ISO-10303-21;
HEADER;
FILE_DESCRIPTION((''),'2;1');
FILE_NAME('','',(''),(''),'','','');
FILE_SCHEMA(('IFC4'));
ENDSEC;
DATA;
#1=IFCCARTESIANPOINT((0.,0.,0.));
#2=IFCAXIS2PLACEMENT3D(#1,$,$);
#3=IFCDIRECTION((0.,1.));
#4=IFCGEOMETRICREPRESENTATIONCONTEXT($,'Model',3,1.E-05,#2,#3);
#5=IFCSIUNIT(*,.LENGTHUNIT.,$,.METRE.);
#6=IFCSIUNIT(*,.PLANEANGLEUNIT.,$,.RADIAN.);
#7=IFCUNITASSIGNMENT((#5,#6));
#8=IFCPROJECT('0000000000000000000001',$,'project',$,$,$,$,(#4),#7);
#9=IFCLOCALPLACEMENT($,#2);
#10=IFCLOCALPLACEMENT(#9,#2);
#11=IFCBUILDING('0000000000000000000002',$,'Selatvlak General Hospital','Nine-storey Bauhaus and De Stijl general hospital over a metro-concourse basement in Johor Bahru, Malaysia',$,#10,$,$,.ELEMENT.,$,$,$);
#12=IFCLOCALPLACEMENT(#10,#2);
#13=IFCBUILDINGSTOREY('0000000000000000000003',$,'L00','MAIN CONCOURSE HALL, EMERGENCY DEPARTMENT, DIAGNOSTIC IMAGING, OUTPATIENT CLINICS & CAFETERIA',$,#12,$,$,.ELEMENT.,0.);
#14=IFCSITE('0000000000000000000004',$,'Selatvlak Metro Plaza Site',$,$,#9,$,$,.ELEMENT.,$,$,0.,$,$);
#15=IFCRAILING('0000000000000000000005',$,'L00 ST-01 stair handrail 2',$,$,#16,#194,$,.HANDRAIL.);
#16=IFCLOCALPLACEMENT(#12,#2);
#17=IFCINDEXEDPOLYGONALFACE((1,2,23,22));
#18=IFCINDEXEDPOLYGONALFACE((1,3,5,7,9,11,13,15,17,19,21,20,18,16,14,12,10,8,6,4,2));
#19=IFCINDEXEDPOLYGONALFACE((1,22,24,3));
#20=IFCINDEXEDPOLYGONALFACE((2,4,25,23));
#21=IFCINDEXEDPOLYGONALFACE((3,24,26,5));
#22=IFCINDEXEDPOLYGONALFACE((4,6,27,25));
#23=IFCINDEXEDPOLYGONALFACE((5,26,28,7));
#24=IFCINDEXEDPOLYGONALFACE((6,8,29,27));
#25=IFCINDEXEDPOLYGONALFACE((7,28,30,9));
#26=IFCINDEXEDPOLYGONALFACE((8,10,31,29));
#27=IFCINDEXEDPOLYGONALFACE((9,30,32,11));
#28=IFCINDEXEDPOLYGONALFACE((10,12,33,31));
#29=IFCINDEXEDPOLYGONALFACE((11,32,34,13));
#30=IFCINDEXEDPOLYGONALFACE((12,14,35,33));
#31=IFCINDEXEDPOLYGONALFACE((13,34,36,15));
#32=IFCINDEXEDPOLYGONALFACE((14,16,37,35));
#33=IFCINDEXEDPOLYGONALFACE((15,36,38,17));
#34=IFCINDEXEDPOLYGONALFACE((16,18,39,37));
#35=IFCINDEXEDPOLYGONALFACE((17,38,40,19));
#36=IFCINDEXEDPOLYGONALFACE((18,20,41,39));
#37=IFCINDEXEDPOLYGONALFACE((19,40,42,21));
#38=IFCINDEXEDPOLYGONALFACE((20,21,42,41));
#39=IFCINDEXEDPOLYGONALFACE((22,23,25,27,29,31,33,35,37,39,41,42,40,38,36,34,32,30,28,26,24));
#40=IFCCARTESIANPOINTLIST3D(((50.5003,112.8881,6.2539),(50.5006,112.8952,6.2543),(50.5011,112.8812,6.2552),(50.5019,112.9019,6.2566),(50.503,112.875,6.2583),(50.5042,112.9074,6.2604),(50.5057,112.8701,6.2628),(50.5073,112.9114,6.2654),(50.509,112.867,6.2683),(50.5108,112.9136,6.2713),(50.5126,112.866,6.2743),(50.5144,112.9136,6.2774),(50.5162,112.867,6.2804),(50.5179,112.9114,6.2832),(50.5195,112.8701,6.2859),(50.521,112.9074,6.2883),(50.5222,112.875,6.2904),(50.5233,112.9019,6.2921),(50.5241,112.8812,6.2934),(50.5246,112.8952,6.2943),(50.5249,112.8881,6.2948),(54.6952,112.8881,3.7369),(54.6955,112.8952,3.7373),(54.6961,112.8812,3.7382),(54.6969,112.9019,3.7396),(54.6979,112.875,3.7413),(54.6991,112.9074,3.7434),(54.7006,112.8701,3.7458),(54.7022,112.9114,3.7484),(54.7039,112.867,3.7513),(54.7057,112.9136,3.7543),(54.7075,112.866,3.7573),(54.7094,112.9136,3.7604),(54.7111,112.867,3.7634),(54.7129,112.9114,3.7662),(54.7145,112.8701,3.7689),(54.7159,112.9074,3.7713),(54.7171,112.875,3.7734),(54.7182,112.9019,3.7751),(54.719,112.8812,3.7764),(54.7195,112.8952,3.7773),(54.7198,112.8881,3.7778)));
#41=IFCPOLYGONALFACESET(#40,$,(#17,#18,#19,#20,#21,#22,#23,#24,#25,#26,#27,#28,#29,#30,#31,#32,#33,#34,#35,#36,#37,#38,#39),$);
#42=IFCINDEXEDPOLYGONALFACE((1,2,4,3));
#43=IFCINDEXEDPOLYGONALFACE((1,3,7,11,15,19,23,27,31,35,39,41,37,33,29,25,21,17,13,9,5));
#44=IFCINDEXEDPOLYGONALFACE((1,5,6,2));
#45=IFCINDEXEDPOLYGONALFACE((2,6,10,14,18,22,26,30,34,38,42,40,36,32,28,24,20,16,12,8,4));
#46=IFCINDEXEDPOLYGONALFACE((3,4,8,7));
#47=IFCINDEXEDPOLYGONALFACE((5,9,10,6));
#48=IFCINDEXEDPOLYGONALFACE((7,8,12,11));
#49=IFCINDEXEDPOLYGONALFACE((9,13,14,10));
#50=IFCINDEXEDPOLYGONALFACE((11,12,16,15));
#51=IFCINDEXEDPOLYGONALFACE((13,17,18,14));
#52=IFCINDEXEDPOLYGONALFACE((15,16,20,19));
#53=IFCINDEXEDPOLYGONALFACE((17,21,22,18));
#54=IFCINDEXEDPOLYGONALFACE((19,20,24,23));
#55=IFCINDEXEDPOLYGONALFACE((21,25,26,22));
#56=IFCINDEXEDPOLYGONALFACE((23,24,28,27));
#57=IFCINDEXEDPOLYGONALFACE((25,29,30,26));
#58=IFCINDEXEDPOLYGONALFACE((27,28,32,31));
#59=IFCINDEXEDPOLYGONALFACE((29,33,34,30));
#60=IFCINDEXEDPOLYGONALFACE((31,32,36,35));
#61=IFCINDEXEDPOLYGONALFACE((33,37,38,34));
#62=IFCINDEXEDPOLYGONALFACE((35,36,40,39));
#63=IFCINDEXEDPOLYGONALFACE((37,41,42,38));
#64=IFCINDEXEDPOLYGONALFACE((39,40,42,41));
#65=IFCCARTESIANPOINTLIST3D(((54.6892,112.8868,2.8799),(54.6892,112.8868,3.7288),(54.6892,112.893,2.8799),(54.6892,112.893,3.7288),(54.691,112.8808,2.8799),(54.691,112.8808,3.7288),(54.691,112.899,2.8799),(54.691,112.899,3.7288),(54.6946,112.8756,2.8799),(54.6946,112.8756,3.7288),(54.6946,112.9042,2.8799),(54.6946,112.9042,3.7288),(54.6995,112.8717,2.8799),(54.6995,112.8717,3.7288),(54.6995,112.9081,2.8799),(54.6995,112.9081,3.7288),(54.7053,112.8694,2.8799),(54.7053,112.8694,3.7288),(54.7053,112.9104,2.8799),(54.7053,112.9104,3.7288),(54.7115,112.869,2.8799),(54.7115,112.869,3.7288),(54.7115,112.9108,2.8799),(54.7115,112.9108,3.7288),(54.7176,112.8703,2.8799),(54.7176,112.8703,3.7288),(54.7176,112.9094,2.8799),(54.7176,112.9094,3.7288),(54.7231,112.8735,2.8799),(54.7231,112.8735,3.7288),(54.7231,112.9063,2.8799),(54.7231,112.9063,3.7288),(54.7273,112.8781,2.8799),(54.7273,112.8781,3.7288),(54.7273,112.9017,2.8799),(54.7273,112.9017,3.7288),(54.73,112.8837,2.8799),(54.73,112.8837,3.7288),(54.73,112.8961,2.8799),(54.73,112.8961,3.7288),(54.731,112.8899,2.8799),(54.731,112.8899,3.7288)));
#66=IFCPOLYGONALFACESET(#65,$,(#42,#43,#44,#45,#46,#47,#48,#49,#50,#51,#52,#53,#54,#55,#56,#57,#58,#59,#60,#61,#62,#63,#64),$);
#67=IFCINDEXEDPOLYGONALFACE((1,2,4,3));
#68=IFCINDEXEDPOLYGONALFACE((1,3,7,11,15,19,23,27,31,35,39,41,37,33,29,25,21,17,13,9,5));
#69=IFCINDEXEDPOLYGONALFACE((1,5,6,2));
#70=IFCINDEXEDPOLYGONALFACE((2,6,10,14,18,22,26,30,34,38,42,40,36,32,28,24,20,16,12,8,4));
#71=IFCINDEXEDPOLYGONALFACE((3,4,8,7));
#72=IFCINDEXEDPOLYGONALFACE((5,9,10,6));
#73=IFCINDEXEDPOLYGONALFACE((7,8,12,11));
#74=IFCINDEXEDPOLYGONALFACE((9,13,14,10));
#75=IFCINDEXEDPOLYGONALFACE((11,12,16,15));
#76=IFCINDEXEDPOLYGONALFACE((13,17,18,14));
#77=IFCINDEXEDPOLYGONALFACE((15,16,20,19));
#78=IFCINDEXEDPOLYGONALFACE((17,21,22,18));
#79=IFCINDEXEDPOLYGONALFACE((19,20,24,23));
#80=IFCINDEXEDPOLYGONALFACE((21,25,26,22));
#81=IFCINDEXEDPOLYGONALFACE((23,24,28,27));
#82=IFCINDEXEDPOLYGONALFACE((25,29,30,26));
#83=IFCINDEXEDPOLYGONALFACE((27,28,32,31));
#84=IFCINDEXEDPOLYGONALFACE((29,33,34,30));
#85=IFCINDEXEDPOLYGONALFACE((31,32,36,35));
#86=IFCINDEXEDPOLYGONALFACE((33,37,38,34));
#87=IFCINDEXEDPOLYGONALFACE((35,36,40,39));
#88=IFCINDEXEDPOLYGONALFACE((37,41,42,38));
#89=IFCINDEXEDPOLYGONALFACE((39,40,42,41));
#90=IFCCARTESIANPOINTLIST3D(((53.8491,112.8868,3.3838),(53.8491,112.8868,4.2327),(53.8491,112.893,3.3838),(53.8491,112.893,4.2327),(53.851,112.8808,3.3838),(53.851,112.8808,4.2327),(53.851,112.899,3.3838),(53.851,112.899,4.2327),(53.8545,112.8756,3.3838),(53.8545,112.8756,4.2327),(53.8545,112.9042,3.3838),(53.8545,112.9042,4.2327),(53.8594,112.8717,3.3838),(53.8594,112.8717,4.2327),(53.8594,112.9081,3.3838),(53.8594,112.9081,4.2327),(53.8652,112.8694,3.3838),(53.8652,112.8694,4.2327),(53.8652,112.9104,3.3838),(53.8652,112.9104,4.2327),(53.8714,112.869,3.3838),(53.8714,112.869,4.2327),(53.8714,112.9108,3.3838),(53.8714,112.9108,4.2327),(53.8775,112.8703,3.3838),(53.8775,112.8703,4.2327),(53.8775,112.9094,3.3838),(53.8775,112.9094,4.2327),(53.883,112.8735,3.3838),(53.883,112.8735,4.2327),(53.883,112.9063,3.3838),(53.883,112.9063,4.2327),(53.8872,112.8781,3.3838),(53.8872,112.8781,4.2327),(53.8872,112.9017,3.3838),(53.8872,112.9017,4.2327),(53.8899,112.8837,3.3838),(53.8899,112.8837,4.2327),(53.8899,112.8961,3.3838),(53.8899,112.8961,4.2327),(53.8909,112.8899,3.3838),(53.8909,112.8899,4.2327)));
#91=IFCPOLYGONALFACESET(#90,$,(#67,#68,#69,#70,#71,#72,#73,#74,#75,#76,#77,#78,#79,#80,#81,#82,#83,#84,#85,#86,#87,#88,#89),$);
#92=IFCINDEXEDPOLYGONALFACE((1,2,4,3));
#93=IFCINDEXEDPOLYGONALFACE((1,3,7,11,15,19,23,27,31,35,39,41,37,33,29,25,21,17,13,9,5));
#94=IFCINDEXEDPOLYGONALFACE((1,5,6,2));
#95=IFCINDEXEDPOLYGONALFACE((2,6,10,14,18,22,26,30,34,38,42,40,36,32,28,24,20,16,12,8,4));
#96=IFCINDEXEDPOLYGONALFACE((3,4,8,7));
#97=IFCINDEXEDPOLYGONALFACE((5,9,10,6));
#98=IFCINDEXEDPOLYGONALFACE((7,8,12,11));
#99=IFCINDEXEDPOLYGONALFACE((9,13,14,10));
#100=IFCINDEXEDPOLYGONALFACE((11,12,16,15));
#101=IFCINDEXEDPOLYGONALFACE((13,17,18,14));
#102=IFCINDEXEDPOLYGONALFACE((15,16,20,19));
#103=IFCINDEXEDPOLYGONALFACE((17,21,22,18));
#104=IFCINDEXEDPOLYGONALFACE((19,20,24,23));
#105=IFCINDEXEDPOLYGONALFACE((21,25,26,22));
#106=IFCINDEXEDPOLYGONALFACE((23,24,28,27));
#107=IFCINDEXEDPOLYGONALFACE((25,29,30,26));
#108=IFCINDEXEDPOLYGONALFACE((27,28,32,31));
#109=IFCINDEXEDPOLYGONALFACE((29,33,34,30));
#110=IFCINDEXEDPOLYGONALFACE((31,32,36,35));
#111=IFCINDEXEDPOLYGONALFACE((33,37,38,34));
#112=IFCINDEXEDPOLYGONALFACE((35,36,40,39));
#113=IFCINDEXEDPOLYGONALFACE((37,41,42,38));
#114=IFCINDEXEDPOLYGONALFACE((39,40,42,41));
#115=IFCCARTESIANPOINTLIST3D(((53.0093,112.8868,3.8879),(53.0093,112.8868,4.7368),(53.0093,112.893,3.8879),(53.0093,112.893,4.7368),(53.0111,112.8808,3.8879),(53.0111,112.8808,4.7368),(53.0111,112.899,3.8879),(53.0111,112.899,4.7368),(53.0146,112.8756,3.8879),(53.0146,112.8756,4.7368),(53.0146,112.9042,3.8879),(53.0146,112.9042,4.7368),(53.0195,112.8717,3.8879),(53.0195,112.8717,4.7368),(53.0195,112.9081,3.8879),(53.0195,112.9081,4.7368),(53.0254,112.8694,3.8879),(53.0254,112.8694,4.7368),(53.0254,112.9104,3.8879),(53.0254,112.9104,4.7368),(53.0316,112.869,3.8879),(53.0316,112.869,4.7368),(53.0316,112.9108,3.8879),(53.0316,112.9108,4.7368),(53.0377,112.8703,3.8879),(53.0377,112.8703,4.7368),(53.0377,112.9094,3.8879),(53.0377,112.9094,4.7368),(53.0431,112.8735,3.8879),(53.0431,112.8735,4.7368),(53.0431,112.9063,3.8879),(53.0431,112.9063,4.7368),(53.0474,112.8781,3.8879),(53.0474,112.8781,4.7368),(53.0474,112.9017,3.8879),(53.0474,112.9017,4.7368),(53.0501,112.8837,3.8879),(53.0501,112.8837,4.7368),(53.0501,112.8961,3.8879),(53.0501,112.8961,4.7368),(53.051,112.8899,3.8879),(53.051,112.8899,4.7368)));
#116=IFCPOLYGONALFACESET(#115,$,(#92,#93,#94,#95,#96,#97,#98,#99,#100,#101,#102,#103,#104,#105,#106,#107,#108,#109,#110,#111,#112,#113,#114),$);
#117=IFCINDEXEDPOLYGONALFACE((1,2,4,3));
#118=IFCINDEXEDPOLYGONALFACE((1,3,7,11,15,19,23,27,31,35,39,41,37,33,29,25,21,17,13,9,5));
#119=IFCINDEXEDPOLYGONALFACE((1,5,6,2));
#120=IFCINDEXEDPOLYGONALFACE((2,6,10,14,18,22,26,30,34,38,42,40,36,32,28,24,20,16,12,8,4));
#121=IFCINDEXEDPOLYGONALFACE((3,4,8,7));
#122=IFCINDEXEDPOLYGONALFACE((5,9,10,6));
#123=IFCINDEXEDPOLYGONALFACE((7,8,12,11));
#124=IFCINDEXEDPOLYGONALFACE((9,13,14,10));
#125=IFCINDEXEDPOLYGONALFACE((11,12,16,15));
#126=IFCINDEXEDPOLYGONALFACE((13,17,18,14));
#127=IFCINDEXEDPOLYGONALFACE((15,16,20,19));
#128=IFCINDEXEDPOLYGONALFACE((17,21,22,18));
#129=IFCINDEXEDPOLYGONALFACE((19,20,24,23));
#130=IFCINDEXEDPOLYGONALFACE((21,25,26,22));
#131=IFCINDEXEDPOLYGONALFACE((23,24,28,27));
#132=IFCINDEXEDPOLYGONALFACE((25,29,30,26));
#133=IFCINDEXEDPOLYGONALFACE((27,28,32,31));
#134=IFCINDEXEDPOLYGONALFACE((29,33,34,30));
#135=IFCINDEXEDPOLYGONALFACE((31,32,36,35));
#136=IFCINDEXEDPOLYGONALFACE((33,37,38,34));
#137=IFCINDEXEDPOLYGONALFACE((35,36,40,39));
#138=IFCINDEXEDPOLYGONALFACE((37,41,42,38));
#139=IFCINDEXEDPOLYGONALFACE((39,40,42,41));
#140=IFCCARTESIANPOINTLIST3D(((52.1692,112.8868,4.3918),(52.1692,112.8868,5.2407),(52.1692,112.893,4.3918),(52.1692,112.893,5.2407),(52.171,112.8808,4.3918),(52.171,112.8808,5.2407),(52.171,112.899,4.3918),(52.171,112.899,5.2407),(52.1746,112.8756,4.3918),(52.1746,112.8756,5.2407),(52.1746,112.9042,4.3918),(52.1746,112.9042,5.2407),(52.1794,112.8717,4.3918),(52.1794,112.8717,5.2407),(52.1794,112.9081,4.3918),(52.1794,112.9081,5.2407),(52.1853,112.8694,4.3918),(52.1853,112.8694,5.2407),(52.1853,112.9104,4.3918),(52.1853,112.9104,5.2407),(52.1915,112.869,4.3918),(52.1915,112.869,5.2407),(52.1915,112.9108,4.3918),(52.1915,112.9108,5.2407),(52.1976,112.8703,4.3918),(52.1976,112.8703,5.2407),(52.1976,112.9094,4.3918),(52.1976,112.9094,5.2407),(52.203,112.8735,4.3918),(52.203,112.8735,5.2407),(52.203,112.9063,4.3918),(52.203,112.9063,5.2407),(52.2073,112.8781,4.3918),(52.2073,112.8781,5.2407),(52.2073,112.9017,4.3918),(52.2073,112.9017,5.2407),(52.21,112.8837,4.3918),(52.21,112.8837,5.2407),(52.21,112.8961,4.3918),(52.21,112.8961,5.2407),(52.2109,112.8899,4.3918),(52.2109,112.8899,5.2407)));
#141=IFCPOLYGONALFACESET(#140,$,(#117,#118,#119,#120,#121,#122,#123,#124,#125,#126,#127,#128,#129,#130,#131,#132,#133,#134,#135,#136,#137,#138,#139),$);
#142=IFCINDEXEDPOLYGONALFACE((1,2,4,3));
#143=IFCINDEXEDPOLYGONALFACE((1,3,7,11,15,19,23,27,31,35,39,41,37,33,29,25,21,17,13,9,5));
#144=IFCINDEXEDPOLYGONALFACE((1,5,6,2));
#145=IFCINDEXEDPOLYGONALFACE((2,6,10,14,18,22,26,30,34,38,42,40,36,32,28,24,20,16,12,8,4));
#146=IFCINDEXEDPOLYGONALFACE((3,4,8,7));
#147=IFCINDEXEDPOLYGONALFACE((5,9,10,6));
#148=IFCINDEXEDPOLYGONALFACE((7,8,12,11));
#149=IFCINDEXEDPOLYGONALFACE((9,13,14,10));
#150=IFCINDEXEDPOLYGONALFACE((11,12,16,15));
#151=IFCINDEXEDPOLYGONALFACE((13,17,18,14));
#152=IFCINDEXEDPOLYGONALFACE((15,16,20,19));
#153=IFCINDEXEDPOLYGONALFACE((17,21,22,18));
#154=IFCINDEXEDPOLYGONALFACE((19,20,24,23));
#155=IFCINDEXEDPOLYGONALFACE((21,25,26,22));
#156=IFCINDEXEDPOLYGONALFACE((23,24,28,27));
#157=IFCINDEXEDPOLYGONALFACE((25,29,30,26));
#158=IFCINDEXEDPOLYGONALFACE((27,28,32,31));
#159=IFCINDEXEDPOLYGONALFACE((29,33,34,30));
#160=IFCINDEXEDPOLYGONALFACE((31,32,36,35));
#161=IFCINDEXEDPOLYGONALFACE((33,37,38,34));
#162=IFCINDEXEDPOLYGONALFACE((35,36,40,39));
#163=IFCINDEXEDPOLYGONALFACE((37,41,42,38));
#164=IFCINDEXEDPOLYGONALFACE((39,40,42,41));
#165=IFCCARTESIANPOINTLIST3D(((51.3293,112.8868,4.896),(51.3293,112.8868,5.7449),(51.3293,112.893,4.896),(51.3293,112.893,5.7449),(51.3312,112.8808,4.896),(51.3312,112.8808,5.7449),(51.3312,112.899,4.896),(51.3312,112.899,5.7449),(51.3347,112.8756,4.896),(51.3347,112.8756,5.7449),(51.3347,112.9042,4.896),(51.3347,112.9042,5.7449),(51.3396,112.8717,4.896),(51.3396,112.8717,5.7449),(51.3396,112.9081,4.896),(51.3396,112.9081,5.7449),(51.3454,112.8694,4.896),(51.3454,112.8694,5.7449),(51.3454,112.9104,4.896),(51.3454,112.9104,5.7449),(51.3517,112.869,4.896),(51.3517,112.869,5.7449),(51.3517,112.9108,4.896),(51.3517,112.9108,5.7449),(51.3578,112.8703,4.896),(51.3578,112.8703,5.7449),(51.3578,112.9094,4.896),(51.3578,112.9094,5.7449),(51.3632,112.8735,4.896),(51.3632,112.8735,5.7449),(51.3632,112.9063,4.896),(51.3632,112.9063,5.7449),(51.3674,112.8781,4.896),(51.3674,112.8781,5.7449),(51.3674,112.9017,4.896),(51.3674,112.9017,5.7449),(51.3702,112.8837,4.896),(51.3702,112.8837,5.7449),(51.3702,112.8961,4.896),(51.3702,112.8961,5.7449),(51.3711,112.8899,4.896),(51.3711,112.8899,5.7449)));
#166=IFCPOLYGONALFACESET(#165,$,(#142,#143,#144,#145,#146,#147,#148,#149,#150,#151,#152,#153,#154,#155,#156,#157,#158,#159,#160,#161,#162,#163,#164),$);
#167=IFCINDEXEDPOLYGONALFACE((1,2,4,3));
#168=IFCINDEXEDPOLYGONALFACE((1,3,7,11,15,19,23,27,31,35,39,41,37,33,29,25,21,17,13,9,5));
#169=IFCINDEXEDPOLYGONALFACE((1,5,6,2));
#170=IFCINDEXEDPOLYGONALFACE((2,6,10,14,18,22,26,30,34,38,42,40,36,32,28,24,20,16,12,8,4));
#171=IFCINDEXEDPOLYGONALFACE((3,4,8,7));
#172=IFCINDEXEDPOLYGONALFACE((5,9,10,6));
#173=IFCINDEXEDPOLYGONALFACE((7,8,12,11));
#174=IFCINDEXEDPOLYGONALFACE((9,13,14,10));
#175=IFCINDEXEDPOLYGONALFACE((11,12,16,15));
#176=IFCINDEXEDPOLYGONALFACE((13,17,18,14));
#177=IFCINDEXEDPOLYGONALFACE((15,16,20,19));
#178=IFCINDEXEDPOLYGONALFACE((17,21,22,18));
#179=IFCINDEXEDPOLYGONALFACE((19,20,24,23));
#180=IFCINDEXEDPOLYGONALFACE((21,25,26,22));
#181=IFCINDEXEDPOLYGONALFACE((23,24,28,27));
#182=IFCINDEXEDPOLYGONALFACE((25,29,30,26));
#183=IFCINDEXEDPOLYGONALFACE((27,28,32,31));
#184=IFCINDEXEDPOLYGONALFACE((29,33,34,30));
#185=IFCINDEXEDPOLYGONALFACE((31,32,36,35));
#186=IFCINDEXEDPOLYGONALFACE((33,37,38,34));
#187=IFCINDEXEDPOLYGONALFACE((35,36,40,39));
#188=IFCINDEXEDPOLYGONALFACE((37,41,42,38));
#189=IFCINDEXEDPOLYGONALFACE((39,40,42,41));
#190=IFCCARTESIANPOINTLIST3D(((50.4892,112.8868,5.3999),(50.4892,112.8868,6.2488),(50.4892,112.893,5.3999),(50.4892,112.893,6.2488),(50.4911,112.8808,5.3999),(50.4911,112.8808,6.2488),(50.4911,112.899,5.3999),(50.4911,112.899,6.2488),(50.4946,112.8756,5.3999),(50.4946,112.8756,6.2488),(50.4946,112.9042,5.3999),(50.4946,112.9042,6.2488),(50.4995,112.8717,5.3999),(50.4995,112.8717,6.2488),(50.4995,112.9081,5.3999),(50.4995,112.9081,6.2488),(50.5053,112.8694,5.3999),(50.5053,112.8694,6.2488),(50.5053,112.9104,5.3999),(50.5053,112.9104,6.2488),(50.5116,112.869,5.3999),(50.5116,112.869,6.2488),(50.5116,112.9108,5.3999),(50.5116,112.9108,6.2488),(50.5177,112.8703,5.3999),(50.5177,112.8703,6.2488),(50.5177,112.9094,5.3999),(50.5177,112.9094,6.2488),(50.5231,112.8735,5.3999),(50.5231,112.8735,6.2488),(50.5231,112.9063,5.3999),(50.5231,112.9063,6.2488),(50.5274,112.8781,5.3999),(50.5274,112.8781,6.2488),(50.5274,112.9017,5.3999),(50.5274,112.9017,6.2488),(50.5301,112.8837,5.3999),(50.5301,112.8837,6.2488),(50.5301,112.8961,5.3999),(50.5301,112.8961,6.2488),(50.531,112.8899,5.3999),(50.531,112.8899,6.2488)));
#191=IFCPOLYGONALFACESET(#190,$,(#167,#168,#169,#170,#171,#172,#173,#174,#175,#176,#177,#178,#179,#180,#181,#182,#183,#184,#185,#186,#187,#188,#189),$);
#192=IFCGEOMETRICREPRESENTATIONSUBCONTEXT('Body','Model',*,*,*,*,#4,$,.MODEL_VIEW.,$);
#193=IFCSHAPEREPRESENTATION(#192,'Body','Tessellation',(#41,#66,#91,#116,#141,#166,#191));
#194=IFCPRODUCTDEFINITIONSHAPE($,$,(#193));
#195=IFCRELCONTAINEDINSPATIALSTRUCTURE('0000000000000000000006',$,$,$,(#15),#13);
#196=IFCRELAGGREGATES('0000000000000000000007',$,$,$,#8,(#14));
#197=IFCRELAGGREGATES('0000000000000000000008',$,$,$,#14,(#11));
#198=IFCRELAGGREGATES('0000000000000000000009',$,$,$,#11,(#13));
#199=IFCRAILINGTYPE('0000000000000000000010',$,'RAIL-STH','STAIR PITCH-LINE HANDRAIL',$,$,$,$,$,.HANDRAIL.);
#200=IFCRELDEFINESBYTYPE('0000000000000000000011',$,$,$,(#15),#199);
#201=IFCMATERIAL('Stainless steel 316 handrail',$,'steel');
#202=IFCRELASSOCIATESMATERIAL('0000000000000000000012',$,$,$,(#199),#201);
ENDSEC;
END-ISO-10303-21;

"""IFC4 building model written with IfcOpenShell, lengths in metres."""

from ifc_helpers import new_model, si_unit, direction, frame, origin, origin_2d, place, context, subcontext, project, spatial, circle, extrude, material, type_object, element, save


model = new_model("IFC4")

# Units and contexts
model_context = context("Model", 3, precision=1e-05, world=origin(), true_north=direction((0.0, 1.0)))
body_context = subcontext(model_context, "Body", "Model", "MODEL_VIEW")
ifc_project = project(units=[si_unit("LENGTHUNIT", "METRE"), si_unit("PLANEANGLEUNIT", "RADIAN")], contexts=[model_context])

# Site, building, storey
site_placement = place(None, origin())
site = spatial("IfcSite", under=ifc_project, at=site_placement, Name="Selatvlak Metro Plaza Site", CompositionType="ELEMENT", RefElevation=0.0)
building_placement = place(site_placement, origin())
building = spatial("IfcBuilding", under=site, at=building_placement, Name="Selatvlak General Hospital", Description="Nine-storey Bauhaus and De Stijl general hospital over a metro-concourse basement in Johor Bahru, Malaysia", CompositionType="ELEMENT")
storey_placement = place(building_placement, origin())
storey = spatial("IfcBuildingStorey", under=building, at=storey_placement, Name="L00", Description="MAIN CONCOURSE HALL, EMERGENCY DEPARTMENT, DIAGNOSTIC IMAGING, OUTPATIENT CLINICS & CAFETERIA", CompositionType="ELEMENT", Elevation=0.0)

# Railing
ifc_material_1 = material(Name="Stainless steel 316 handrail", Category="steel")
railing_type_1 = type_object("IfcRailingType", Name="RAIL-STH", Description="STAIR PITCH-LINE HANDRAIL", PredefinedType="HANDRAIL", material=ifc_material_1)
railing_1_placement = place(storey_placement, frame((54.71, 112.8899, 2.8799)))
element("IfcRailing", 1, at=railing_1_placement, inside=storey, type_object=railing_type_1, Name="L00 ST-01 stair handrail 2", PredefinedType="HANDRAIL", context=body_context, shape_type="SweptSolid", body=[
    extrude(circle(Radius=0.0239, at=origin_2d()), frame((-0.0024, 0.0, 0.8774), z_axis=(-0.857489, 0.0, 0.514503), x_axis=(0.0, -1.0, 0.0)), (0.0, 0.0, 1.0), 4.8921),
    extrude(circle(Radius=0.021, at=origin_2d()), origin(), (0.0, 0.0, 1.0), 0.8489),
    extrude(circle(Radius=0.021, at=origin_2d()), frame((-0.8401, 0.0, 0.5039)), (0.0, 0.0, 1.0), 0.8489),
    extrude(circle(Radius=0.021, at=origin_2d()), frame((-1.6799, 0.0, 1.0081)), (0.0, 0.0, 1.0), 0.8489),
    extrude(circle(Radius=0.021, at=origin_2d()), frame((-2.52, 0.0, 1.512)), (0.0, 0.0, 1.0), 0.8489),
    extrude(circle(Radius=0.021, at=origin_2d()), frame((-3.3599, 0.0, 2.0161)), (0.0, 0.0, 1.0), 0.8489),
    extrude(circle(Radius=0.021, at=origin_2d()), frame((-4.2, 0.0, 2.52)), (0.0, 0.0, 1.0), 0.8489),
])

save(model, "model.ifc")
